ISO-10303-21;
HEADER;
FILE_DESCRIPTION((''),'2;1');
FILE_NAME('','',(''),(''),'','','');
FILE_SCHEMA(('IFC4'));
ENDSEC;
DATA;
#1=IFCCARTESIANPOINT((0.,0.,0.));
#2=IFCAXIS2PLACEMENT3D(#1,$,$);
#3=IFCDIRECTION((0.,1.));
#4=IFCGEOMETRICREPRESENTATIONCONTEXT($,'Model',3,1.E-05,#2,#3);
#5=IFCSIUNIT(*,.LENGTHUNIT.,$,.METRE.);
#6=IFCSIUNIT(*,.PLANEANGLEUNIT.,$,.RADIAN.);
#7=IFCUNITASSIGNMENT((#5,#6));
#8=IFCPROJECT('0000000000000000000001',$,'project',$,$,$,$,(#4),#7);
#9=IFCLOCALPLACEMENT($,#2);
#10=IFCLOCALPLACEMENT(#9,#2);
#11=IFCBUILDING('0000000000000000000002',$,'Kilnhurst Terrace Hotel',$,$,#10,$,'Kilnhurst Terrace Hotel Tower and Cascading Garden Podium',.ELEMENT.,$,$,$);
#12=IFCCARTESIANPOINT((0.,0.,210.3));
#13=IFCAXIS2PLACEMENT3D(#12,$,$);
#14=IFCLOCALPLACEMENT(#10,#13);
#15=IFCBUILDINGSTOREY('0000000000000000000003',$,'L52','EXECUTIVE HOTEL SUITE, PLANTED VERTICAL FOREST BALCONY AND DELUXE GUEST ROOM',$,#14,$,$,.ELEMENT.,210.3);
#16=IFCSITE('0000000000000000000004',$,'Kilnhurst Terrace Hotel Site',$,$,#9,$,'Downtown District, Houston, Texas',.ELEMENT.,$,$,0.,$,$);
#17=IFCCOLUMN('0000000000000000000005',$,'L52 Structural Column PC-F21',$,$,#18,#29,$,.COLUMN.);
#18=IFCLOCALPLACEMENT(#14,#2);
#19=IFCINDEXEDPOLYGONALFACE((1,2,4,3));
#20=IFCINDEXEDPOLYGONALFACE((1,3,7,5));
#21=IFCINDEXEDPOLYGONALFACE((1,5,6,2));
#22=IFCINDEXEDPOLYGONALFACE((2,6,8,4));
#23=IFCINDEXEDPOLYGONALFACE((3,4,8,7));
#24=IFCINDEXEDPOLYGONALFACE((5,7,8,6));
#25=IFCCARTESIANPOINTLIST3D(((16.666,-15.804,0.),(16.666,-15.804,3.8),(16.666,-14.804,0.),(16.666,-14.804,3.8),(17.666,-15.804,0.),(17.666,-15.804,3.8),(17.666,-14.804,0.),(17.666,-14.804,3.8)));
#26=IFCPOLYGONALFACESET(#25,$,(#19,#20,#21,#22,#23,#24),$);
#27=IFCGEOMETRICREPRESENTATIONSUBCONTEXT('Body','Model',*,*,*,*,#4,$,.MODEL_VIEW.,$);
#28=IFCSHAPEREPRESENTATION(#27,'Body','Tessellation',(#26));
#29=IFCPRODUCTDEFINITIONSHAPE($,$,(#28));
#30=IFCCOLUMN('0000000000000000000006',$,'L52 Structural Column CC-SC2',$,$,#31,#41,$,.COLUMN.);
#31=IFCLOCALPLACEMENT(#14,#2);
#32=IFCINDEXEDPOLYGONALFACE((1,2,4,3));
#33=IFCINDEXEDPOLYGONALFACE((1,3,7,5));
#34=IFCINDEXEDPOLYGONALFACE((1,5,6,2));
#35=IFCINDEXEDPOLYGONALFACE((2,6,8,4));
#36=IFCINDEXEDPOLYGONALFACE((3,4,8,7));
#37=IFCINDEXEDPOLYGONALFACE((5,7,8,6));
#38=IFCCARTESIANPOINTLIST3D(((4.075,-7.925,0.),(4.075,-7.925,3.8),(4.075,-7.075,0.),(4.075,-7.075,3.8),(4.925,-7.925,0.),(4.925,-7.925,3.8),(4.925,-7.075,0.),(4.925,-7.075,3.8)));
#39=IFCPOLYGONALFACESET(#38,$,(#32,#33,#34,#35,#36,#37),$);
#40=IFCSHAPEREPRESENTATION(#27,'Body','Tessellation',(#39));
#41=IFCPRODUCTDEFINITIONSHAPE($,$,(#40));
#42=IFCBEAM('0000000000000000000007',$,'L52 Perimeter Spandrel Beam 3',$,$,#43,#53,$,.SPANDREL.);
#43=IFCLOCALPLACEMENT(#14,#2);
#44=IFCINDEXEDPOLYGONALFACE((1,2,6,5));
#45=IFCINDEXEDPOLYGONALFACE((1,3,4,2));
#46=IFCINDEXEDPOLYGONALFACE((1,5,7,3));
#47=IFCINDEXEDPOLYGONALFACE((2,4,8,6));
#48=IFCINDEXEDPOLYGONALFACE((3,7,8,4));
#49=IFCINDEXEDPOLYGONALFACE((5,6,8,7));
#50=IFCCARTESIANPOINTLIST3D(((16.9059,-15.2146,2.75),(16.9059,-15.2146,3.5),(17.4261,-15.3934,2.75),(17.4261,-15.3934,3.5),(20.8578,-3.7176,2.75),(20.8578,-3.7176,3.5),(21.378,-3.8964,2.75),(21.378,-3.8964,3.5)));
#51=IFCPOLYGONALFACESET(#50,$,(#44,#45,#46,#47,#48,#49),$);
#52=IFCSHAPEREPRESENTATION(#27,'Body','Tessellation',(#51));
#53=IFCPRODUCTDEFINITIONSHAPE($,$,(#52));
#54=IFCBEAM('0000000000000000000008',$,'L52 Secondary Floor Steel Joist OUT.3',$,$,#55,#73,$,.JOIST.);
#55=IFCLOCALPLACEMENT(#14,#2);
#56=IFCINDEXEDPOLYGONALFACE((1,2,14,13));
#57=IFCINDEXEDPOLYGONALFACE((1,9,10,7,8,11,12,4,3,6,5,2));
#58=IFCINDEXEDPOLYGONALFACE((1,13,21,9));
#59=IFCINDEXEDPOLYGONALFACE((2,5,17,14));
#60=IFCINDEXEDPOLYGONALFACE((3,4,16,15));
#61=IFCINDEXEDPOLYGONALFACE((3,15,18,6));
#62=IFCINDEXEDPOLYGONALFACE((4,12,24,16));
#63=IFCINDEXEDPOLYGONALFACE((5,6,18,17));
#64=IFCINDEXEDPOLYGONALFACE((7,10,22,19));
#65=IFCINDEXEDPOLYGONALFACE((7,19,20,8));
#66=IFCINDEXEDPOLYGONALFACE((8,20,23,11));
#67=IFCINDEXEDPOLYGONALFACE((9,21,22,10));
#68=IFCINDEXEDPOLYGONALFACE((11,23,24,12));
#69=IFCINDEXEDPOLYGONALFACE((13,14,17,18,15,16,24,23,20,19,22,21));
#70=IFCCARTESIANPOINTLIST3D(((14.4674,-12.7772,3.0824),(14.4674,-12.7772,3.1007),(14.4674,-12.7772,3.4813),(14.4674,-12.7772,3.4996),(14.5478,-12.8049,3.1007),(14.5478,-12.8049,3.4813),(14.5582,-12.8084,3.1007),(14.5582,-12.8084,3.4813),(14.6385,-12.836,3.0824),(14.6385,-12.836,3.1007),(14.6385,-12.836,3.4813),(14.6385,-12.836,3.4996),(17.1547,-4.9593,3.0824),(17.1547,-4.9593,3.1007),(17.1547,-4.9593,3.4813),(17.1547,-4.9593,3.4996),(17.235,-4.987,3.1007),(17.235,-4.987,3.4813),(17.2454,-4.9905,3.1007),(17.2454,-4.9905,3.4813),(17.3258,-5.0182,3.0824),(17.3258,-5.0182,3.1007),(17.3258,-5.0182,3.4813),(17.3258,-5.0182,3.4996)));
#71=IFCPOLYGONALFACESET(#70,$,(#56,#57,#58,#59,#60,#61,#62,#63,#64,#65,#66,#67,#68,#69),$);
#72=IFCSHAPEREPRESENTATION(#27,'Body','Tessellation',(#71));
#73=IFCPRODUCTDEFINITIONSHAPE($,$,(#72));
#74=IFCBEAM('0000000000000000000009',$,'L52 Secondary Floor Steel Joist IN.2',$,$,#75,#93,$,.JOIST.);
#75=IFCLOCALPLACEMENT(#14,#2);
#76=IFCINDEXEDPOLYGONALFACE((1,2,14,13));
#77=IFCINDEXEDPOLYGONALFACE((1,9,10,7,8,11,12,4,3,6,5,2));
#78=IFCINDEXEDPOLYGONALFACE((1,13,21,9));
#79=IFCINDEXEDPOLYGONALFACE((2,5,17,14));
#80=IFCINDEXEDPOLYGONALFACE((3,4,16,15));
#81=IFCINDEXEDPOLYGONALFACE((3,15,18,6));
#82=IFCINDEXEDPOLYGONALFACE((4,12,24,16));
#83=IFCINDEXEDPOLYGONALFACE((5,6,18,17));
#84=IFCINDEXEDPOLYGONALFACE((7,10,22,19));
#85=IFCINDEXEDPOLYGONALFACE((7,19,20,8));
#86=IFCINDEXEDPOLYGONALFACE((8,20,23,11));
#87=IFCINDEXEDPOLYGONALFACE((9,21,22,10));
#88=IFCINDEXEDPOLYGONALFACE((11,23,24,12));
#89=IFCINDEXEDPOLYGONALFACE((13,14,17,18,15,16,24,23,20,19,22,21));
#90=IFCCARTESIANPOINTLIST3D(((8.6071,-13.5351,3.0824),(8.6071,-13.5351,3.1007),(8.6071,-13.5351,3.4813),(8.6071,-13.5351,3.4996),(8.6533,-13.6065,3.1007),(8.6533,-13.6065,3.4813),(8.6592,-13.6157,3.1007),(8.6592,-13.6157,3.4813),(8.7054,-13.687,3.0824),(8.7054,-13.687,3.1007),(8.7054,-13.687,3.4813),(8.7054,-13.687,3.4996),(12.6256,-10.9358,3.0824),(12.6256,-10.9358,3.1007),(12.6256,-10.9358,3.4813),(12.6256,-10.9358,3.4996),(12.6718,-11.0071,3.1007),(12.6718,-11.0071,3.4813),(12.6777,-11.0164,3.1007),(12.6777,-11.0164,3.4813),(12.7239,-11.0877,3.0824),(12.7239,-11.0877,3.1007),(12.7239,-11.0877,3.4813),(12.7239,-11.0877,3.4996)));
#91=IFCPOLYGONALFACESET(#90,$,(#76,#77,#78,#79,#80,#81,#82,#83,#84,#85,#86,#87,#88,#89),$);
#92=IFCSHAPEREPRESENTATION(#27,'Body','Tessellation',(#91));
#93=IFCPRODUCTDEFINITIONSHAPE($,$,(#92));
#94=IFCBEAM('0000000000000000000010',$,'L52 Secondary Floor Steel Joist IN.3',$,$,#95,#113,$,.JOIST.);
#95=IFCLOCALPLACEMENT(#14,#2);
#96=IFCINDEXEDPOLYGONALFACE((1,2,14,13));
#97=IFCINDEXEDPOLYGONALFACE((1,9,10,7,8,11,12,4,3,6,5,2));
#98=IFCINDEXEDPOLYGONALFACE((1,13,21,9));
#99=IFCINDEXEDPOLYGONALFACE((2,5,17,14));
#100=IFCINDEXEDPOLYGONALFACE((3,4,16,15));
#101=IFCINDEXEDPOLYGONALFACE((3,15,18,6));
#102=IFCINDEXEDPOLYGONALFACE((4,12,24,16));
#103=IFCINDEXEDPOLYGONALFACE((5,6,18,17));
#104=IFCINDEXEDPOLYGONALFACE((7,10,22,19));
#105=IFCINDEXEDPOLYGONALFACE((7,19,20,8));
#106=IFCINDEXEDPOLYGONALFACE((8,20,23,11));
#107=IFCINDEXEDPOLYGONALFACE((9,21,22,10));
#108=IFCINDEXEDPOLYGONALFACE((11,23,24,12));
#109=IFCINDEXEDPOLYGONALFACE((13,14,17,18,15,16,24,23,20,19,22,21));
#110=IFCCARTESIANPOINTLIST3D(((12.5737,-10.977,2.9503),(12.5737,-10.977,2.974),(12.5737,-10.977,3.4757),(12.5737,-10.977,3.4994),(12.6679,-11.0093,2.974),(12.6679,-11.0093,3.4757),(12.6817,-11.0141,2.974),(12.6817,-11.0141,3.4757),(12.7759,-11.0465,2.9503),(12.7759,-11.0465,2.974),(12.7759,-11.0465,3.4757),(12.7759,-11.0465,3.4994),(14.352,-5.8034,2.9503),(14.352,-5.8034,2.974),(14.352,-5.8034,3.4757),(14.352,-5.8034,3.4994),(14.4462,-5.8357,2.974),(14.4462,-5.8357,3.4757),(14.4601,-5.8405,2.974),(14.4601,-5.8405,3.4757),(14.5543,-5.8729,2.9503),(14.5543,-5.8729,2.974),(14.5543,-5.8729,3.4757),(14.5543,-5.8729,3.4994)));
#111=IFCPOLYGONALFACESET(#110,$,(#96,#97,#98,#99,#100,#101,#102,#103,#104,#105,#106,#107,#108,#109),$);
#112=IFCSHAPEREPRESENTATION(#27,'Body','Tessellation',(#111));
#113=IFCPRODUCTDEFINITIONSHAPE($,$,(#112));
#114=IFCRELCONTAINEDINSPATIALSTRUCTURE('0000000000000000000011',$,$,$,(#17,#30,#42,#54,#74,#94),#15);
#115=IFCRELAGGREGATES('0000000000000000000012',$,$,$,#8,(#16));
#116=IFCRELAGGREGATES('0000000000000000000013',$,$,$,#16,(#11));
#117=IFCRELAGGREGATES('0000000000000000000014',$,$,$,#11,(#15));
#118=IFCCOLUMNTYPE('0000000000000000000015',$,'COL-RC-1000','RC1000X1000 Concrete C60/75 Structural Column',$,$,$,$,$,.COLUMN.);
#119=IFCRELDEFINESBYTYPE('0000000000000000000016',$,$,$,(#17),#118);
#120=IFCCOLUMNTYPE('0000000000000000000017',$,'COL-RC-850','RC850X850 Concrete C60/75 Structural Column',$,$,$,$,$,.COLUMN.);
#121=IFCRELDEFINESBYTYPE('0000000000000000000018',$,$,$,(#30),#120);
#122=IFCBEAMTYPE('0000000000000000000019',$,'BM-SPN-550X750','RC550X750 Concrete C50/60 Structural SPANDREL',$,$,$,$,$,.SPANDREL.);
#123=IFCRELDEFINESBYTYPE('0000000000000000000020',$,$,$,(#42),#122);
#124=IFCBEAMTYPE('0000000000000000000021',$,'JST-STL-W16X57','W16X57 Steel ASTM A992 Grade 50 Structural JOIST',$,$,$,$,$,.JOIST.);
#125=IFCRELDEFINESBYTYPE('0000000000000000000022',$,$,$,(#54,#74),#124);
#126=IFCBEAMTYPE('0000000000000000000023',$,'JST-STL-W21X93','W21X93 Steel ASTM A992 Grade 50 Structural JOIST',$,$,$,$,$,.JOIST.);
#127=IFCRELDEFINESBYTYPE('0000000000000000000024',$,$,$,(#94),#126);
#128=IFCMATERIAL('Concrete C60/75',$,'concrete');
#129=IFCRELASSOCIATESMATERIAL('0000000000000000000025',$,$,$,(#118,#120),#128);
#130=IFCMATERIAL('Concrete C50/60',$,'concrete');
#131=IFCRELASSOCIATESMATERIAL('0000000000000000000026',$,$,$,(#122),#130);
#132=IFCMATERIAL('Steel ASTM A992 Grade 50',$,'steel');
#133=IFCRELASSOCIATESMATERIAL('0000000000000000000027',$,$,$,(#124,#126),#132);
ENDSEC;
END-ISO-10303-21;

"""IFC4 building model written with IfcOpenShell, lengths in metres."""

from ifc_helpers import new_model, si_unit, direction, frame, origin, origin_2d, place, context, subcontext, project, spatial, rectangle, i_section, extrude, material, material_profile, profile_set, type_object, element, save


model = new_model("IFC4")

# Units and contexts
model_context = context("Model", 3, precision=1e-05, world=origin(), true_north=direction((0.0, 1.0)))
body_context = subcontext(model_context, "Body", "Model", "MODEL_VIEW")
ifc_project = project(units=[si_unit("LENGTHUNIT", "METRE"), si_unit("PLANEANGLEUNIT", "RADIAN")], contexts=[model_context])

# Site, building, storey
site_placement = place(None, origin())
site = spatial("IfcSite", under=ifc_project, at=site_placement, Name="Kilnhurst Terrace Hotel Site", LongName="Downtown District, Houston, Texas", CompositionType="ELEMENT", RefElevation=0.0)
building_placement = place(site_placement, origin())
building = spatial("IfcBuilding", under=site, at=building_placement, Name="Kilnhurst Terrace Hotel", LongName="Kilnhurst Terrace Hotel Tower and Cascading Garden Podium", CompositionType="ELEMENT")
storey_placement = place(building_placement, frame((0.0, 0.0, 210.3)))
storey = spatial("IfcBuildingStorey", under=building, at=storey_placement, Name="L52", Description="EXECUTIVE HOTEL SUITE, PLANTED VERTICAL FOREST BALCONY AND DELUXE GUEST ROOM", CompositionType="ELEMENT", Elevation=210.3)

# Columns
ifc_material_1 = material(Name="Concrete C60/75", Category="concrete")
ifc_material_profile_1 = material_profile(ifc_material_1, rectangle(XDim=1.0, YDim=1.0, at=origin_2d()), Name="RC1000X1000")
ifc_profile_set_1 = profile_set([ifc_material_profile_1], Name="Concrete C60/75")
column_type_1 = type_object("IfcColumnType", Name="COL-RC-1000", Description="RC1000X1000 Concrete C60/75 Structural Column", PredefinedType="COLUMN", material=ifc_profile_set_1)
column_1_placement = place(storey_placement, frame((17.166, -15.304, 0.0), z_axis=(0.0, 0.0, 1.0), x_axis=(1.0, 0.0, 0.0)))
element("IfcColumn", 1, at=column_1_placement, inside=storey, type_object=column_type_1, Name="L52 Structural Column PC-F21", PredefinedType="COLUMN", context=body_context, shape_type="SweptSolid", body=[
    extrude(rectangle(XDim=1.0, YDim=1.0, at=origin_2d()), origin(), (0.0, 0.0, 1.0), 3.8),
])
ifc_material_profile_2 = material_profile(ifc_material_1, rectangle(XDim=0.8501, YDim=0.8501, at=origin_2d()), Name="RC850X850")
ifc_profile_set_2 = profile_set([ifc_material_profile_2], Name="Concrete C60/75")
column_type_2 = type_object("IfcColumnType", Name="COL-RC-850", Description="RC850X850 Concrete C60/75 Structural Column", PredefinedType="COLUMN", material=ifc_profile_set_2)
column_2_placement = place(storey_placement, frame((4.5, -7.5, 0.0), z_axis=(0.0, 0.0, 1.0), x_axis=(1.0, 0.0, 0.0)))
element("IfcColumn", 2, at=column_2_placement, inside=storey, type_object=column_type_2, Name="L52 Structural Column CC-SC2", PredefinedType="COLUMN", context=body_context, shape_type="SweptSolid", body=[
    extrude(rectangle(XDim=0.8501, YDim=0.8501, at=origin_2d()), origin(), (0.0, 0.0, 1.0), 3.8),
])

# Beams
ifc_material_2 = material(Name="Concrete C50/60", Category="concrete")
ifc_material_profile_3 = material_profile(ifc_material_2, rectangle(XDim=0.55, YDim=0.75, at=origin_2d()), Name="RC550X750")
ifc_profile_set_3 = profile_set([ifc_material_profile_3], Name="Concrete C50/60")
beam_type_1 = type_object("IfcBeamType", Name="BM-SPN-550X750", Description="RC550X750 Concrete C50/60 Structural SPANDREL", PredefinedType="SPANDREL", material=ifc_profile_set_3)
beam_1_placement = place(storey_placement, frame((17.166, -15.304, 3.125), z_axis=(0.325064, 0.945692, 0.0), x_axis=(-0.945692, 0.325064, 0.0)))
element("IfcBeam", 3, at=beam_1_placement, inside=storey, type_object=beam_type_1, Name="L52 Perimeter Spandrel Beam 3", PredefinedType="SPANDREL", context=body_context, shape_type="SweptSolid", body=[
    extrude(rectangle(XDim=0.55, YDim=0.75, at=origin_2d()), origin(), (0.0, 0.0, 1.0), 12.1572),
])
ifc_material_3 = material(Name="Steel ASTM A992 Grade 50", Category="steel")
ifc_material_profile_4 = material_profile(ifc_material_3, i_section(OverallWidth=0.1809, OverallDepth=0.4172, WebThickness=0.011, FlangeThickness=0.0183, at=origin_2d()), Name="W16X57")
ifc_profile_set_4 = profile_set([ifc_material_profile_4], Name="Steel ASTM A992 Grade 50")
beam_type_2 = type_object("IfcBeamType", Name="JST-STL-W16X57", Description="W16X57 Steel ASTM A992 Grade 50 Structural JOIST", PredefinedType="JOIST", material=ifc_profile_set_4)
beam_2_placement = place(storey_placement, frame((14.553, -12.8066, 3.291), z_axis=(0.325065, 0.945692, 0.0), x_axis=(-0.945692, 0.325065, 0.0)))
element("IfcBeam", 4, at=beam_2_placement, inside=storey, type_object=beam_type_2, Name="L52 Secondary Floor Steel Joist OUT.3", PredefinedType="JOIST", context=body_context, shape_type="SweptSolid", body=[
    extrude(i_section(OverallWidth=0.1809, OverallDepth=0.4172, WebThickness=0.011, FlangeThickness=0.0183, at=origin_2d()), origin(), (0.0, 0.0, 1.0), 8.2668),
])
beam_3_placement = place(storey_placement, frame((8.6562, -13.6111, 3.291), z_axis=(0.839654, 0.543122, 0.0), x_axis=(-0.543122, 0.839654, 0.0)))
element("IfcBeam", 5, at=beam_3_placement, inside=storey, type_object=beam_type_2, Name="L52 Secondary Floor Steel Joist IN.2", PredefinedType="JOIST", context=body_context, shape_type="SweptSolid", body=[
    extrude(i_section(OverallWidth=0.1809, OverallDepth=0.4172, WebThickness=0.011, FlangeThickness=0.0183, at=origin_2d()), origin(), (0.0, 0.0, 1.0), 4.7859),
])
ifc_material_profile_5 = material_profile(ifc_material_3, i_section(OverallWidth=0.2139, OverallDepth=0.5491, WebThickness=0.0146, FlangeThickness=0.0237, at=origin_2d()), Name="W21X93")
ifc_profile_set_5 = profile_set([ifc_material_profile_5], Name="Steel ASTM A992 Grade 50")
beam_type_3 = type_object("IfcBeamType", Name="JST-STL-W21X93", Description="W21X93 Steel ASTM A992 Grade 50 Structural JOIST", PredefinedType="JOIST", material=ifc_profile_set_5)
beam_4_placement = place(storey_placement, frame((12.6748, -11.0117, 3.2249), z_axis=(0.325064, 0.945692, 0.0), x_axis=(-0.945692, 0.325064, 0.0)))
element("IfcBeam", 6, at=beam_4_placement, inside=storey, type_object=beam_type_3, Name="L52 Secondary Floor Steel Joist IN.3", PredefinedType="JOIST", context=body_context, shape_type="SweptSolid", body=[
    extrude(i_section(OverallWidth=0.2139, OverallDepth=0.5491, WebThickness=0.0146, FlangeThickness=0.0237, at=origin_2d()), origin(), (0.0, 0.0, 1.0), 5.4707),
])

save(model, "model.ifc")
